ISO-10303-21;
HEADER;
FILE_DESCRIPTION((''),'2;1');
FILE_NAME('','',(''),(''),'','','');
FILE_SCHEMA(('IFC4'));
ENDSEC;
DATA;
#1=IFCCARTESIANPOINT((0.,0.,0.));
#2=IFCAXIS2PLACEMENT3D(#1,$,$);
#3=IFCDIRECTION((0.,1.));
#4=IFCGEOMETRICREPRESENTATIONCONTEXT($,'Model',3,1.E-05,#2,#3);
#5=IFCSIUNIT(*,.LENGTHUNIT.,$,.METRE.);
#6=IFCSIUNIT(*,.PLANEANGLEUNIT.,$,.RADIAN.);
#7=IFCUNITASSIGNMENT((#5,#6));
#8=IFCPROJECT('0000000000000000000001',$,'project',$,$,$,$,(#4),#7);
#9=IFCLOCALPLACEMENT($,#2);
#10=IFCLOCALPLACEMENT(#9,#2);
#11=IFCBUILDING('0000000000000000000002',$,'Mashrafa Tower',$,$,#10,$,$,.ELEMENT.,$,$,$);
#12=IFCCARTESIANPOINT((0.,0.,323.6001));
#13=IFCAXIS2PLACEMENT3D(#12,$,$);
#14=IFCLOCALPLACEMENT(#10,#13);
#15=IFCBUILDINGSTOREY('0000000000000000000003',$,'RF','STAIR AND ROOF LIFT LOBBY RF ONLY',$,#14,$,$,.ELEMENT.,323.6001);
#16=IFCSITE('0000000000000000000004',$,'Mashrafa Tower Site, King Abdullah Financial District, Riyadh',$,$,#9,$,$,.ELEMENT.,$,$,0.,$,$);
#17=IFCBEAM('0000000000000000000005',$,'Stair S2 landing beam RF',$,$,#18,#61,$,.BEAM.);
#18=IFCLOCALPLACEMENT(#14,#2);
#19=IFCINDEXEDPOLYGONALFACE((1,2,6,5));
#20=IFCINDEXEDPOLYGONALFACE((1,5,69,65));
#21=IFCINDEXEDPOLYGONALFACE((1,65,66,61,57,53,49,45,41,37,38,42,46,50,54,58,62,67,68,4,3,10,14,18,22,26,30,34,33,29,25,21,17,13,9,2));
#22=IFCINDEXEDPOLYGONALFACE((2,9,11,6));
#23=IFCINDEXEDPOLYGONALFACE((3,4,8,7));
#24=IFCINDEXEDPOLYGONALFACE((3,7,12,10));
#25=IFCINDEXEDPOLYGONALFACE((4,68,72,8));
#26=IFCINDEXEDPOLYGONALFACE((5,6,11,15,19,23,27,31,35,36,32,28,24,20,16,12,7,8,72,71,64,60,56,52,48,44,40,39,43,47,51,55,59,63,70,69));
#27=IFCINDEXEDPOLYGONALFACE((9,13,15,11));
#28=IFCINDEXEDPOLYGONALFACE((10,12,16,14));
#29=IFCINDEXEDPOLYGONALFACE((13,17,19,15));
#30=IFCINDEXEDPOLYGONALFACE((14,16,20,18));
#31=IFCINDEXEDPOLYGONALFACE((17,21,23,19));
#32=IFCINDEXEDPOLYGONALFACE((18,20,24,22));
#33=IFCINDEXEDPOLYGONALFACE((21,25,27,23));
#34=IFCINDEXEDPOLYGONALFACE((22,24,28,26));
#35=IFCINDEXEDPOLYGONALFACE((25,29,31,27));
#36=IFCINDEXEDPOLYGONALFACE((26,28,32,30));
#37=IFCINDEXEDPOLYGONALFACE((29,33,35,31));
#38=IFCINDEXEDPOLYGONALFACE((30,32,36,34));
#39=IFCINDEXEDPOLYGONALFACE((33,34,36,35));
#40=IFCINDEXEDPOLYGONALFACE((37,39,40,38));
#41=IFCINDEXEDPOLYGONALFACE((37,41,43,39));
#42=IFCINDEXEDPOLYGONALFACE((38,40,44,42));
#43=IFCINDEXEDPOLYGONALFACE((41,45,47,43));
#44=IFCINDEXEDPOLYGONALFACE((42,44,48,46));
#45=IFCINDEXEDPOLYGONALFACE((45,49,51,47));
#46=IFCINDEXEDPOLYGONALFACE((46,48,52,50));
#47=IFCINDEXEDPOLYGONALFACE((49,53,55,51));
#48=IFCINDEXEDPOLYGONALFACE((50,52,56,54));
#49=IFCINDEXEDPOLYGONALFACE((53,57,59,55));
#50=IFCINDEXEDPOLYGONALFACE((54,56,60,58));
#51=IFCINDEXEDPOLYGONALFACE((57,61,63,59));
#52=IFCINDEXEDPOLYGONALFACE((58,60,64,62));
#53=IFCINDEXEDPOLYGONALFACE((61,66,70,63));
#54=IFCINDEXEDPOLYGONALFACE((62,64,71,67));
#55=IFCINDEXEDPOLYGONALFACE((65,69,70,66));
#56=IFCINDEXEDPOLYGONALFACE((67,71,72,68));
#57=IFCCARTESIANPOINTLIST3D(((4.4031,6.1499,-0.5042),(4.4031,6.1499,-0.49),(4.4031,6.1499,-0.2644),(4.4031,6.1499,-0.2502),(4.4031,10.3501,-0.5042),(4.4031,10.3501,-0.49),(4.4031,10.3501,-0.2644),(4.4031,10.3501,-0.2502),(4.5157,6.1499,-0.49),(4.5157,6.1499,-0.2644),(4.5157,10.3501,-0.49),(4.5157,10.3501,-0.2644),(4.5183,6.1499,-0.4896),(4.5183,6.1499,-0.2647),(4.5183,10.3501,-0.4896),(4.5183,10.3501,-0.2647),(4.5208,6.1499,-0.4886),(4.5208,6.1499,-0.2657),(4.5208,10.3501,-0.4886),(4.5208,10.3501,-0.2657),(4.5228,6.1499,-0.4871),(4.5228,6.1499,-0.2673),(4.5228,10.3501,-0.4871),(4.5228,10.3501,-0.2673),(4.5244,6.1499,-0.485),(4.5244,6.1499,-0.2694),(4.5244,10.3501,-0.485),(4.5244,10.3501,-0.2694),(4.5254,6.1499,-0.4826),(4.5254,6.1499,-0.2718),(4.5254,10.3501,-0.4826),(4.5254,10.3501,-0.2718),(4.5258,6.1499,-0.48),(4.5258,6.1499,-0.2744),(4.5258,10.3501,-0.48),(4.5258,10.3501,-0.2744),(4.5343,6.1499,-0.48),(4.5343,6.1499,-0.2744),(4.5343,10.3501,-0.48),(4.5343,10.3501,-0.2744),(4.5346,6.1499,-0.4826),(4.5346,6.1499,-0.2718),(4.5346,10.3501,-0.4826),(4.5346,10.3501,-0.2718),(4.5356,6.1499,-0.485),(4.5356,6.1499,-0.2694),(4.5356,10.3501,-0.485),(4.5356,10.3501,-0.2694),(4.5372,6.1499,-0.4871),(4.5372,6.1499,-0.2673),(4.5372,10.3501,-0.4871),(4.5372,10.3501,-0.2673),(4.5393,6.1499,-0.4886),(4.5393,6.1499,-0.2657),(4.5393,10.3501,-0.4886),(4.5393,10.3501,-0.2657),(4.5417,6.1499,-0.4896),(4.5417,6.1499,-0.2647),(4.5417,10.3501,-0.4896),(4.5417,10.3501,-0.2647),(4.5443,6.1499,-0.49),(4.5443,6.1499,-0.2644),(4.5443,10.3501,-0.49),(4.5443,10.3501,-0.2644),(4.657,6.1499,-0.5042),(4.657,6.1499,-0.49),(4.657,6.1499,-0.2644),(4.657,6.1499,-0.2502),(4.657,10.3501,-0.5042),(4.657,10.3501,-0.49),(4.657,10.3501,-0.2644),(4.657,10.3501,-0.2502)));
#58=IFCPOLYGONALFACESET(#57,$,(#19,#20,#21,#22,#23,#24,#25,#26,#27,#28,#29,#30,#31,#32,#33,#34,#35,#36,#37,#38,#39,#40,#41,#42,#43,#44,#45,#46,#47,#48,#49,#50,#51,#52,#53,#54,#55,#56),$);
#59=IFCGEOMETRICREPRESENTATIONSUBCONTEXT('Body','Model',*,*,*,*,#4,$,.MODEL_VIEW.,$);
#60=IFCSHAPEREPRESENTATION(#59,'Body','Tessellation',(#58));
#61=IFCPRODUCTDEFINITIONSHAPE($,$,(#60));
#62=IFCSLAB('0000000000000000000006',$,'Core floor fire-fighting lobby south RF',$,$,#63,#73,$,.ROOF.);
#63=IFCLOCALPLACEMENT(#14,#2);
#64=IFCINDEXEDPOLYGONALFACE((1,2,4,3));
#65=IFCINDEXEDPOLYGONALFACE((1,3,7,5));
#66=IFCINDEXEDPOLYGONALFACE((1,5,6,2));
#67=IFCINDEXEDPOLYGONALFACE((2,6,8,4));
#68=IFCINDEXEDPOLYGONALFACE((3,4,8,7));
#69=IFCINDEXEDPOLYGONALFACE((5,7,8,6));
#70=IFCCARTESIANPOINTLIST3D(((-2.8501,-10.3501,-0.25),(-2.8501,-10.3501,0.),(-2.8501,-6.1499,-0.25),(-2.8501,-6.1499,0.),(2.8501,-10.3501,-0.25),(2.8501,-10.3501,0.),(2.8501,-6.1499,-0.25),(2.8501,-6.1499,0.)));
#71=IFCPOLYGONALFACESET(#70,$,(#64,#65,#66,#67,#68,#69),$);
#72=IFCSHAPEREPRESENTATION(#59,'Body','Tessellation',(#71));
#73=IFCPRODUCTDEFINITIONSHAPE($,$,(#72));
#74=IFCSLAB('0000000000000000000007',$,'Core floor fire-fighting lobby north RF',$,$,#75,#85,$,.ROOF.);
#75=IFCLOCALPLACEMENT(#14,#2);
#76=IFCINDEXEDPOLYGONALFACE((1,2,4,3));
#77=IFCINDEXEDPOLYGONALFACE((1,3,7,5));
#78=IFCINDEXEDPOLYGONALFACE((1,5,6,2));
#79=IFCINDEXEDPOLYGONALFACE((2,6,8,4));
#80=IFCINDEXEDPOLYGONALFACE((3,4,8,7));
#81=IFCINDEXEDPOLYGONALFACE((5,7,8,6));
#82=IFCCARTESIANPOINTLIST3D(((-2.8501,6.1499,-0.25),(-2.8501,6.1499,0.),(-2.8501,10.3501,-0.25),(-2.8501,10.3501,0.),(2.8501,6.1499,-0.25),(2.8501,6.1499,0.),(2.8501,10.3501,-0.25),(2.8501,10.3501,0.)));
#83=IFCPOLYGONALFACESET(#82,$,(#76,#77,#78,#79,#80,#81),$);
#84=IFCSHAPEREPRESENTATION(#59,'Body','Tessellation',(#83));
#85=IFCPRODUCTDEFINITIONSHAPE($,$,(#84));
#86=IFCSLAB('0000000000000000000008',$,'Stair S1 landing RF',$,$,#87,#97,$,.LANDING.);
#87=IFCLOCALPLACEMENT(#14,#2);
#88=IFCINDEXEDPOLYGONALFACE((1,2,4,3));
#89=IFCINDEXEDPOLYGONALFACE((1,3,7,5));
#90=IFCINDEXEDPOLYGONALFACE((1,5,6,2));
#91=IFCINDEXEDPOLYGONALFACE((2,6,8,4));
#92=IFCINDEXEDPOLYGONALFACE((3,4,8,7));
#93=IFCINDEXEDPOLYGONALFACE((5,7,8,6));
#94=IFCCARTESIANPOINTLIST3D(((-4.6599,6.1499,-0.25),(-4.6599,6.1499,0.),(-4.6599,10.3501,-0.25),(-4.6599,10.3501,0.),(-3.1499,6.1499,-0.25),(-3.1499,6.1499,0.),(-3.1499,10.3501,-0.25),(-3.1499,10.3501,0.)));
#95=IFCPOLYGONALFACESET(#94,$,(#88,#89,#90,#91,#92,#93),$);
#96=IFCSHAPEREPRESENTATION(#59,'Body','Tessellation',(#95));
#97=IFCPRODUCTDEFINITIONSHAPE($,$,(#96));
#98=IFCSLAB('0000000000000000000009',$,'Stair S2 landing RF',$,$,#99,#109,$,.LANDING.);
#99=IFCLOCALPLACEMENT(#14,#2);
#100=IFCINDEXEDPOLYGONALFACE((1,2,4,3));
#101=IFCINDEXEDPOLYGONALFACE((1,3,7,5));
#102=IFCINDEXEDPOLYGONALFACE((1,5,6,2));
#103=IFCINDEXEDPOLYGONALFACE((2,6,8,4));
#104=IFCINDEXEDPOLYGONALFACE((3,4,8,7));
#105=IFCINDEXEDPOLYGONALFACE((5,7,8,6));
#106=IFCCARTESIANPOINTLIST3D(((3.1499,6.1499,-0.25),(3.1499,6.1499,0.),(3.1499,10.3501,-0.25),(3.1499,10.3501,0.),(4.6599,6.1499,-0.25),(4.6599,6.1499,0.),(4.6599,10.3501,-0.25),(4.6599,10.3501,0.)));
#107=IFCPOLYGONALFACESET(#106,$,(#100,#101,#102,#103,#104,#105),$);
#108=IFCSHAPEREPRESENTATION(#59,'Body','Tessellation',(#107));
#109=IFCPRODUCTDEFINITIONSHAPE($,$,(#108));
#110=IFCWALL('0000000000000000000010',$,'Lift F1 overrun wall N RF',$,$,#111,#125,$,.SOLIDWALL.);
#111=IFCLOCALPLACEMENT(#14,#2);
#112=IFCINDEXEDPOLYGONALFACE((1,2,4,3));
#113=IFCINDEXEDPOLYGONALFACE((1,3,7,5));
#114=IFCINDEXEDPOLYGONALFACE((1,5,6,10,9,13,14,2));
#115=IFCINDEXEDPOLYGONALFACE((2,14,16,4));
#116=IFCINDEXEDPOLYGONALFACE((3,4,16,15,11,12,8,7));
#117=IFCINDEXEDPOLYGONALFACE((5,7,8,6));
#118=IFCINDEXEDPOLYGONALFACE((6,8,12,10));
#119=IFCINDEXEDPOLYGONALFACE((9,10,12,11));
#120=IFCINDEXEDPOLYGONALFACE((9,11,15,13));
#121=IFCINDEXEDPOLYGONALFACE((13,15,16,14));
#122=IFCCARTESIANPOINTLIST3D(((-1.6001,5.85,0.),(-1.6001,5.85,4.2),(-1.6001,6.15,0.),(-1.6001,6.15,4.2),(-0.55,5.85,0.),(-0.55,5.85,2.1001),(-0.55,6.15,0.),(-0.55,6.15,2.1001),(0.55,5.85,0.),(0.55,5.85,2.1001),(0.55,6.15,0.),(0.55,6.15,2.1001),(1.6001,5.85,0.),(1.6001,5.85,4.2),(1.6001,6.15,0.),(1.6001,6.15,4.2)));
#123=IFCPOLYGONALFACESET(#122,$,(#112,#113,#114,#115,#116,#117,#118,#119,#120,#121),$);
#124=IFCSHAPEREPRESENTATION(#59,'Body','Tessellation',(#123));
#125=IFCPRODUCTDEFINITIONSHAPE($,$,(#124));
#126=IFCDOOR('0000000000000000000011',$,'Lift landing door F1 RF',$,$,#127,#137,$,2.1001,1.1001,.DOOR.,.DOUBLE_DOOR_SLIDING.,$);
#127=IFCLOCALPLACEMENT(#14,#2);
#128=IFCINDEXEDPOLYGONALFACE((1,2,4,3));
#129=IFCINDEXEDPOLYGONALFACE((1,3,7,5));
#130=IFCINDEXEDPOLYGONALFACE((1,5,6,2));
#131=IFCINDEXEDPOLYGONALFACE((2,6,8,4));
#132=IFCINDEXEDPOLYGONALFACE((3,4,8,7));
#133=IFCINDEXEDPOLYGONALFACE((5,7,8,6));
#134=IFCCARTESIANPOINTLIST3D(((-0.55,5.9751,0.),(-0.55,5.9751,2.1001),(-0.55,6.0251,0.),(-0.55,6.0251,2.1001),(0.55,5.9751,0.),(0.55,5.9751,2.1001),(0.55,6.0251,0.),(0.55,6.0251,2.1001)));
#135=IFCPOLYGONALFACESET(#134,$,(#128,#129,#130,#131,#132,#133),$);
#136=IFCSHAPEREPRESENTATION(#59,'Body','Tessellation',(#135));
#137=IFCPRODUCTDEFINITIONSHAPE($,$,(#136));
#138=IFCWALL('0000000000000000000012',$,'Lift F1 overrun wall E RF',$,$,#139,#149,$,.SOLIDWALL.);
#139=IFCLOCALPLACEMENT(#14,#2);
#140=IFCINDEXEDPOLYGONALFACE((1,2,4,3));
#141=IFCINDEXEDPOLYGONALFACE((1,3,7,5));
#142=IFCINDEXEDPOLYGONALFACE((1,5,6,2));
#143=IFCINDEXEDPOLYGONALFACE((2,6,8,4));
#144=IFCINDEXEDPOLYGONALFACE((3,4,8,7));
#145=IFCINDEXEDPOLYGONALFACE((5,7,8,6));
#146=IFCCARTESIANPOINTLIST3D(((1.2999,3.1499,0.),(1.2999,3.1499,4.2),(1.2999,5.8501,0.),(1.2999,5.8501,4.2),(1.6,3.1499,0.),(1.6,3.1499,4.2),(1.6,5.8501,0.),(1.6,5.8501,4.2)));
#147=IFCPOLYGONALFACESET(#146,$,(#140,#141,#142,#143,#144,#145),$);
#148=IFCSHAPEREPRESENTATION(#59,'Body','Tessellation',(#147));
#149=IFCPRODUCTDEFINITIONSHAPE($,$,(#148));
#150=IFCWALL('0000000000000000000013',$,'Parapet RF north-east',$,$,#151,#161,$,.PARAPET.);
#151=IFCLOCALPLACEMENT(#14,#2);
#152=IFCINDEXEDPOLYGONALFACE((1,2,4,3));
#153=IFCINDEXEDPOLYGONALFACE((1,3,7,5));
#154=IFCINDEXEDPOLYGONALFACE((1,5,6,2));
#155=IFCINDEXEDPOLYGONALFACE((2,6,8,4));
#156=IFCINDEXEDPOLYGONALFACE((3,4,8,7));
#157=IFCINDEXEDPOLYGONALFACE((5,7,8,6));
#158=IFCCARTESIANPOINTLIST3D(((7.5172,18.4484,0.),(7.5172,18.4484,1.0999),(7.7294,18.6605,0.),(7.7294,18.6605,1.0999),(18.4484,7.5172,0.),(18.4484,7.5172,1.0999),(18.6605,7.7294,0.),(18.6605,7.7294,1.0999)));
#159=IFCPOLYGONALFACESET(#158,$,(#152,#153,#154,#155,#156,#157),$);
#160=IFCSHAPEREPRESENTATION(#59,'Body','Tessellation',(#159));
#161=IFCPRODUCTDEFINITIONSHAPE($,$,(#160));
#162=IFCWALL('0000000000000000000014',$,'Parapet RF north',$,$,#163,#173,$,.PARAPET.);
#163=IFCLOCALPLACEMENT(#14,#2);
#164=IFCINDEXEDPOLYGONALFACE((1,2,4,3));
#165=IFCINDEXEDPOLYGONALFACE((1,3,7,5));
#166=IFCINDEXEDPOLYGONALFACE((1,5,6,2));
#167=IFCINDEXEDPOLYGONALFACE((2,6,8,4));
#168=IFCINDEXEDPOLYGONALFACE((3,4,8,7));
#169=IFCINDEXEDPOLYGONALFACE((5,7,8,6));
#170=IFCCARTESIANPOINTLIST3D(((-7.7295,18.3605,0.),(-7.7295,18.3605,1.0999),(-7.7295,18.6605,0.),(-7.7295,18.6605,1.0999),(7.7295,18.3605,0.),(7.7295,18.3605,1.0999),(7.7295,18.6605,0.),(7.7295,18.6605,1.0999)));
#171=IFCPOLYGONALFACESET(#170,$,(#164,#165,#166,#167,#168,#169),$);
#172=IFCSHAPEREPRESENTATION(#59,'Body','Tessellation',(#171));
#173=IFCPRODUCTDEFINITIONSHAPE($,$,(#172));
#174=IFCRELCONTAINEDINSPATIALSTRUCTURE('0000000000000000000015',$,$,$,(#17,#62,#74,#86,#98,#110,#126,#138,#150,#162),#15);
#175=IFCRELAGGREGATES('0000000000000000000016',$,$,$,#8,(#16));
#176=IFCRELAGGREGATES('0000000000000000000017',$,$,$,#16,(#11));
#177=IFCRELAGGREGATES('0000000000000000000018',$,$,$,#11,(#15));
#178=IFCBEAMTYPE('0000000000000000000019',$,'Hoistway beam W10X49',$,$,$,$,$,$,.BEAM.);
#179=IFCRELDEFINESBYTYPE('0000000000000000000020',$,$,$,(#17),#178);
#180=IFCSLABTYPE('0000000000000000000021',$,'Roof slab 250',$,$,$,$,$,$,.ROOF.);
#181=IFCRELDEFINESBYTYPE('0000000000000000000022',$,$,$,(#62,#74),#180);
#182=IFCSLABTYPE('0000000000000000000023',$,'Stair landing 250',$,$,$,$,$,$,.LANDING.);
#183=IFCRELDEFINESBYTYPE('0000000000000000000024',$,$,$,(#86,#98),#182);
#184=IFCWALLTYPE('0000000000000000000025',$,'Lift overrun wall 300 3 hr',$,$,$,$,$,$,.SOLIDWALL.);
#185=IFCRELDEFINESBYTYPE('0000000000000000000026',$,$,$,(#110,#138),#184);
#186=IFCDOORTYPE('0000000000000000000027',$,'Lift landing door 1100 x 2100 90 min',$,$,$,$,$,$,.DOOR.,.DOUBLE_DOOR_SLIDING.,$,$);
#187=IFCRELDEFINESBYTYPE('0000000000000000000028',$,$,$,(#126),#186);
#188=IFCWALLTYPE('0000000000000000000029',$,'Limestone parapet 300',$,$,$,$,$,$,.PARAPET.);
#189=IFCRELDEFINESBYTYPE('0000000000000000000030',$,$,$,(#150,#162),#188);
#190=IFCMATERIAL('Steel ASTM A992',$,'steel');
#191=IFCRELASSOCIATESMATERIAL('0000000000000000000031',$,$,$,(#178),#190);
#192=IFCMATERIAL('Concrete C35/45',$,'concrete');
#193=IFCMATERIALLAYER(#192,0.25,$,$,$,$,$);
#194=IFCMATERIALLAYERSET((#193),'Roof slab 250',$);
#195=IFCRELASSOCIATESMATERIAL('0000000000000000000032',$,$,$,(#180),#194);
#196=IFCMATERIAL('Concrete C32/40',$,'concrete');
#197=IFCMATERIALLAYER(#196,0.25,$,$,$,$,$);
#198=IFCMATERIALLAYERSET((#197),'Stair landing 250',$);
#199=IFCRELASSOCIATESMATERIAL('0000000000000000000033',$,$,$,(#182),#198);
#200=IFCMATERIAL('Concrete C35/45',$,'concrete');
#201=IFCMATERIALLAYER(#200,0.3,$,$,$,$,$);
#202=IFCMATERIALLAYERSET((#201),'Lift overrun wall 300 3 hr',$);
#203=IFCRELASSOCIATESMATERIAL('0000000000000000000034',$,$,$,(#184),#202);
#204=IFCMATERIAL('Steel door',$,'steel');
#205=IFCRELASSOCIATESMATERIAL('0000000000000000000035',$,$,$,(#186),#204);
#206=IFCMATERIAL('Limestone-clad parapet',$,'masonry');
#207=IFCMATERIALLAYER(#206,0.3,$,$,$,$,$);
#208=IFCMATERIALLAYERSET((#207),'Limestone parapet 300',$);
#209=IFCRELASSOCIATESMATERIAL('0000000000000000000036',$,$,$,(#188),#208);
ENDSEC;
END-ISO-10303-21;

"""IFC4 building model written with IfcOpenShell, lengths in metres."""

from ifc_helpers import new_model, si_unit, direction, frame, frame_2d, origin, origin_2d, place, context, subcontext, project, spatial, polyline, rectangle, i_section, outline, extrude, material, layer, layer_set, material_profile, profile_set, type_object, element, fill, save


model = new_model("IFC4")

# Units and contexts
model_context = context("Model", 3, precision=1e-05, world=origin(), true_north=direction((0.0, 1.0)))
body_context = subcontext(model_context, "Body", "Model", "MODEL_VIEW")
ifc_project = project(units=[si_unit("LENGTHUNIT", "METRE"), si_unit("PLANEANGLEUNIT", "RADIAN")], contexts=[model_context])

# Site, building, storey
site_placement = place(None, origin())
site = spatial("IfcSite", under=ifc_project, at=site_placement, Name="Mashrafa Tower Site, King Abdullah Financial District, Riyadh", CompositionType="ELEMENT", RefElevation=0.0)
building_placement = place(site_placement, origin())
building = spatial("IfcBuilding", under=site, at=building_placement, Name="Mashrafa Tower", CompositionType="ELEMENT")
storey_placement = place(building_placement, frame((0.0, 0.0, 323.6001)))
storey = spatial("IfcBuildingStorey", under=building, at=storey_placement, Name="RF", Description="STAIR AND ROOF LIFT LOBBY RF ONLY", CompositionType="ELEMENT", Elevation=323.6001)

# Beam
ifc_material_1 = material(Name="Steel ASTM A992", Category="steel")
ifc_material_profile_1 = material_profile(ifc_material_1, i_section(OverallWidth=0.2539, OverallDepth=0.2539, WebThickness=0.0085, FlangeThickness=0.0142, FilletRadius=0.01, at=origin_2d()), Name="W10X49")
ifc_profile_set_1 = profile_set([ifc_material_profile_1], Name="Steel ASTM A992")
beam_type_1 = type_object("IfcBeamType", Name="Hoistway beam W10X49", PredefinedType="BEAM", material=ifc_profile_set_1)
beam_1_placement = place(storey_placement, frame((4.53, 6.1499, -0.3772), z_axis=(0.0, 1.0, 0.0), x_axis=(-1.0, 0.0, 0.0)))
element("IfcBeam", 1, at=beam_1_placement, inside=storey, type_object=beam_type_1, Name="Stair S2 landing beam RF", PredefinedType="BEAM", context=body_context, shape_type="SweptSolid", body=[
    extrude(i_section(OverallWidth=0.2539, OverallDepth=0.2539, WebThickness=0.0085, FlangeThickness=0.0142, FilletRadius=0.01, at=origin_2d()), origin(), (0.0, 0.0, 1.0), 4.2002),
])

# Slabs
ifc_material_2 = material(Name="Concrete C35/45", Category="concrete")
ifc_layer_1 = layer(ifc_material_2, 0.25)
ifc_layer_set_1 = layer_set([ifc_layer_1], Name="Roof slab 250")
slab_type_1 = type_object("IfcSlabType", Name="Roof slab 250", PredefinedType="ROOF", material=ifc_layer_set_1)
slab_1_placement = place(storey_placement, frame((0.0, 0.0, -0.25)))
element("IfcSlab", 2, at=slab_1_placement, inside=storey, type_object=slab_type_1, Name="Core floor fire-fighting lobby south RF", PredefinedType="ROOF", context=body_context, shape_type="SweptSolid", body=[
    extrude(outline(polyline([(-2.8501, -6.1499), (2.8501, -6.1499), (2.8501, -10.3501), (-2.8501, -10.3501), (-2.8501, -6.1499)])), origin(), (0.0, 0.0, 1.0), 0.25),
])
slab_2_placement = place(storey_placement, frame((0.0, 0.0, -0.25)))
element("IfcSlab", 3, at=slab_2_placement, inside=storey, type_object=slab_type_1, Name="Core floor fire-fighting lobby north RF", PredefinedType="ROOF", context=body_context, shape_type="SweptSolid", body=[
    extrude(outline(polyline([(2.8501, 10.3501), (2.8501, 6.1499), (-2.8501, 6.1499), (-2.8501, 10.3501), (2.8501, 10.3501)])), origin(), (0.0, 0.0, 1.0), 0.25),
])
ifc_material_3 = material(Name="Concrete C32/40", Category="concrete")
ifc_layer_2 = layer(ifc_material_3, 0.25)
ifc_layer_set_2 = layer_set([ifc_layer_2], Name="Stair landing 250")
slab_type_2 = type_object("IfcSlabType", Name="Stair landing 250", PredefinedType="LANDING", material=ifc_layer_set_2)
slab_3_placement = place(storey_placement, frame((0.0, 0.0, -0.25)))
element("IfcSlab", 4, at=slab_3_placement, inside=storey, type_object=slab_type_2, Name="Stair S1 landing RF", PredefinedType="LANDING", context=body_context, shape_type="SweptSolid", body=[
    extrude(outline(polyline([(-4.6599, 6.1499), (-3.1499, 6.1499), (-3.1499, 10.3501), (-4.6599, 10.3501), (-4.6599, 6.1499)])), origin(), (0.0, 0.0, 1.0), 0.25),
])
slab_4_placement = place(storey_placement, frame((0.0, 0.0, -0.25)))
element("IfcSlab", 5, at=slab_4_placement, inside=storey, type_object=slab_type_2, Name="Stair S2 landing RF", PredefinedType="LANDING", context=body_context, shape_type="SweptSolid", body=[
    extrude(outline(polyline([(3.1499, 6.1499), (4.6599, 6.1499), (4.6599, 10.3501), (3.1499, 10.3501), (3.1499, 6.1499)])), origin(), (0.0, 0.0, 1.0), 0.25),
])

# Wall, opening, door
ifc_material_4 = material(Name="Concrete C35/45", Category="concrete")
ifc_layer_3 = layer(ifc_material_4, 0.3)
ifc_layer_set_3 = layer_set([ifc_layer_3], Name="Lift overrun wall 300 3 hr")
wall_type_1 = type_object("IfcWallType", Name="Lift overrun wall 300 3 hr", PredefinedType="SOLIDWALL", material=ifc_layer_set_3)
wall_1_placement = place(storey_placement, frame((1.6001, 6.0, 0.0), z_axis=(0.0, 0.0, 1.0), x_axis=(-1.0, 0.0, 0.0)))
wall_1 = element("IfcWall", 6, at=wall_1_placement, inside=storey, type_object=wall_type_1, Name="Lift F1 overrun wall N RF", PredefinedType="SOLIDWALL", context=body_context, shape_type="SweptSolid", body=[
    extrude(rectangle(XDim=3.2002, YDim=0.3, at=frame_2d((1.6001, 0.0))), origin(), (0.0, 0.0, 1.0), 4.2),
])
opening_placement = place(wall_1_placement, frame((1.05, 0.0, 0.0)))
opening = element("IfcOpeningElement", 7, at=opening_placement, cuts=wall_1, PredefinedType="OPENING", context=body_context, shape_type="SweptSolid", body=[
    extrude(rectangle(XDim=1.1001, YDim=2.1001, at=frame_2d((0.55, 1.05))), frame((0.0, 0.1599, 0.0), z_axis=(0.0, -1.0, 0.0), x_axis=(1.0, 0.0, 0.0)), (0.0, 0.0, 1.0), 0.3201),
])
ifc_material_5 = material(Name="Steel door", Category="steel")
door_type = type_object("IfcDoorType", Name="Lift landing door 1100 x 2100 90 min", OperationType="DOUBLE_DOOR_SLIDING", PredefinedType="DOOR", material=ifc_material_5)
door_placement = place(opening_placement, origin())
door = element("IfcDoor", 8, at=door_placement, inside=storey, type_object=door_type, Name="Lift landing door F1 RF", OperationType="DOUBLE_DOOR_SLIDING", OverallHeight=2.1001, OverallWidth=1.1001, PredefinedType="DOOR", context=body_context, shape_type="SweptSolid", body=[
    extrude(rectangle(XDim=1.1001, YDim=2.1001, at=frame_2d((0.55, 1.05))), frame((0.0, 0.0249, 0.0), z_axis=(0.0, -1.0, 0.0), x_axis=(1.0, 0.0, 0.0)), (0.0, 0.0, 1.0), 0.05),
])
fill(opening, door)

# Walls
wall_2_placement = place(storey_placement, frame((1.45, 3.1499, 0.0), z_axis=(0.0, 0.0, 1.0), x_axis=(0.0, 1.0, 0.0)))
element("IfcWall", 9, at=wall_2_placement, inside=storey, type_object=wall_type_1, Name="Lift F1 overrun wall E RF", PredefinedType="SOLIDWALL", context=body_context, shape_type="SweptSolid", body=[
    extrude(rectangle(XDim=2.7002, YDim=0.3, at=frame_2d((1.3501, 0.0))), origin(), (0.0, 0.0, 1.0), 4.2),
])
ifc_material_6 = material(Name="Limestone-clad parapet", Category="masonry")
ifc_layer_4 = layer(ifc_material_6, 0.3)
ifc_layer_set_4 = layer_set([ifc_layer_4], Name="Limestone parapet 300")
wall_type_2 = type_object("IfcWallType", Name="Limestone parapet 300", PredefinedType="PARAPET", material=ifc_layer_set_4)
for number, where, z_axis, x_axis, name in (
    (10, (18.5544, 7.6233, 0.0), (0.0, 0.0, 1.0), (-0.707107, 0.707107, 0.0), "Parapet RF north-east"),
    (11, (7.7295, 18.5105, 0.0), (0.0, 0.0, 1.0), (-1.0, 0.0, 0.0), "Parapet RF north"),
):
    element("IfcWall", number, at=place(storey_placement, frame(where, z_axis=z_axis, x_axis=x_axis)), inside=storey, type_object=wall_type_2, Name=name, PredefinedType="PARAPET", context=body_context, shape_type="SweptSolid", body=[
        extrude(rectangle(XDim=15.459, YDim=0.3, at=frame_2d((7.7295, 0.0))), origin(), (0.0, 0.0, 1.0), 1.0999),
    ])

save(model, "model.ifc")
